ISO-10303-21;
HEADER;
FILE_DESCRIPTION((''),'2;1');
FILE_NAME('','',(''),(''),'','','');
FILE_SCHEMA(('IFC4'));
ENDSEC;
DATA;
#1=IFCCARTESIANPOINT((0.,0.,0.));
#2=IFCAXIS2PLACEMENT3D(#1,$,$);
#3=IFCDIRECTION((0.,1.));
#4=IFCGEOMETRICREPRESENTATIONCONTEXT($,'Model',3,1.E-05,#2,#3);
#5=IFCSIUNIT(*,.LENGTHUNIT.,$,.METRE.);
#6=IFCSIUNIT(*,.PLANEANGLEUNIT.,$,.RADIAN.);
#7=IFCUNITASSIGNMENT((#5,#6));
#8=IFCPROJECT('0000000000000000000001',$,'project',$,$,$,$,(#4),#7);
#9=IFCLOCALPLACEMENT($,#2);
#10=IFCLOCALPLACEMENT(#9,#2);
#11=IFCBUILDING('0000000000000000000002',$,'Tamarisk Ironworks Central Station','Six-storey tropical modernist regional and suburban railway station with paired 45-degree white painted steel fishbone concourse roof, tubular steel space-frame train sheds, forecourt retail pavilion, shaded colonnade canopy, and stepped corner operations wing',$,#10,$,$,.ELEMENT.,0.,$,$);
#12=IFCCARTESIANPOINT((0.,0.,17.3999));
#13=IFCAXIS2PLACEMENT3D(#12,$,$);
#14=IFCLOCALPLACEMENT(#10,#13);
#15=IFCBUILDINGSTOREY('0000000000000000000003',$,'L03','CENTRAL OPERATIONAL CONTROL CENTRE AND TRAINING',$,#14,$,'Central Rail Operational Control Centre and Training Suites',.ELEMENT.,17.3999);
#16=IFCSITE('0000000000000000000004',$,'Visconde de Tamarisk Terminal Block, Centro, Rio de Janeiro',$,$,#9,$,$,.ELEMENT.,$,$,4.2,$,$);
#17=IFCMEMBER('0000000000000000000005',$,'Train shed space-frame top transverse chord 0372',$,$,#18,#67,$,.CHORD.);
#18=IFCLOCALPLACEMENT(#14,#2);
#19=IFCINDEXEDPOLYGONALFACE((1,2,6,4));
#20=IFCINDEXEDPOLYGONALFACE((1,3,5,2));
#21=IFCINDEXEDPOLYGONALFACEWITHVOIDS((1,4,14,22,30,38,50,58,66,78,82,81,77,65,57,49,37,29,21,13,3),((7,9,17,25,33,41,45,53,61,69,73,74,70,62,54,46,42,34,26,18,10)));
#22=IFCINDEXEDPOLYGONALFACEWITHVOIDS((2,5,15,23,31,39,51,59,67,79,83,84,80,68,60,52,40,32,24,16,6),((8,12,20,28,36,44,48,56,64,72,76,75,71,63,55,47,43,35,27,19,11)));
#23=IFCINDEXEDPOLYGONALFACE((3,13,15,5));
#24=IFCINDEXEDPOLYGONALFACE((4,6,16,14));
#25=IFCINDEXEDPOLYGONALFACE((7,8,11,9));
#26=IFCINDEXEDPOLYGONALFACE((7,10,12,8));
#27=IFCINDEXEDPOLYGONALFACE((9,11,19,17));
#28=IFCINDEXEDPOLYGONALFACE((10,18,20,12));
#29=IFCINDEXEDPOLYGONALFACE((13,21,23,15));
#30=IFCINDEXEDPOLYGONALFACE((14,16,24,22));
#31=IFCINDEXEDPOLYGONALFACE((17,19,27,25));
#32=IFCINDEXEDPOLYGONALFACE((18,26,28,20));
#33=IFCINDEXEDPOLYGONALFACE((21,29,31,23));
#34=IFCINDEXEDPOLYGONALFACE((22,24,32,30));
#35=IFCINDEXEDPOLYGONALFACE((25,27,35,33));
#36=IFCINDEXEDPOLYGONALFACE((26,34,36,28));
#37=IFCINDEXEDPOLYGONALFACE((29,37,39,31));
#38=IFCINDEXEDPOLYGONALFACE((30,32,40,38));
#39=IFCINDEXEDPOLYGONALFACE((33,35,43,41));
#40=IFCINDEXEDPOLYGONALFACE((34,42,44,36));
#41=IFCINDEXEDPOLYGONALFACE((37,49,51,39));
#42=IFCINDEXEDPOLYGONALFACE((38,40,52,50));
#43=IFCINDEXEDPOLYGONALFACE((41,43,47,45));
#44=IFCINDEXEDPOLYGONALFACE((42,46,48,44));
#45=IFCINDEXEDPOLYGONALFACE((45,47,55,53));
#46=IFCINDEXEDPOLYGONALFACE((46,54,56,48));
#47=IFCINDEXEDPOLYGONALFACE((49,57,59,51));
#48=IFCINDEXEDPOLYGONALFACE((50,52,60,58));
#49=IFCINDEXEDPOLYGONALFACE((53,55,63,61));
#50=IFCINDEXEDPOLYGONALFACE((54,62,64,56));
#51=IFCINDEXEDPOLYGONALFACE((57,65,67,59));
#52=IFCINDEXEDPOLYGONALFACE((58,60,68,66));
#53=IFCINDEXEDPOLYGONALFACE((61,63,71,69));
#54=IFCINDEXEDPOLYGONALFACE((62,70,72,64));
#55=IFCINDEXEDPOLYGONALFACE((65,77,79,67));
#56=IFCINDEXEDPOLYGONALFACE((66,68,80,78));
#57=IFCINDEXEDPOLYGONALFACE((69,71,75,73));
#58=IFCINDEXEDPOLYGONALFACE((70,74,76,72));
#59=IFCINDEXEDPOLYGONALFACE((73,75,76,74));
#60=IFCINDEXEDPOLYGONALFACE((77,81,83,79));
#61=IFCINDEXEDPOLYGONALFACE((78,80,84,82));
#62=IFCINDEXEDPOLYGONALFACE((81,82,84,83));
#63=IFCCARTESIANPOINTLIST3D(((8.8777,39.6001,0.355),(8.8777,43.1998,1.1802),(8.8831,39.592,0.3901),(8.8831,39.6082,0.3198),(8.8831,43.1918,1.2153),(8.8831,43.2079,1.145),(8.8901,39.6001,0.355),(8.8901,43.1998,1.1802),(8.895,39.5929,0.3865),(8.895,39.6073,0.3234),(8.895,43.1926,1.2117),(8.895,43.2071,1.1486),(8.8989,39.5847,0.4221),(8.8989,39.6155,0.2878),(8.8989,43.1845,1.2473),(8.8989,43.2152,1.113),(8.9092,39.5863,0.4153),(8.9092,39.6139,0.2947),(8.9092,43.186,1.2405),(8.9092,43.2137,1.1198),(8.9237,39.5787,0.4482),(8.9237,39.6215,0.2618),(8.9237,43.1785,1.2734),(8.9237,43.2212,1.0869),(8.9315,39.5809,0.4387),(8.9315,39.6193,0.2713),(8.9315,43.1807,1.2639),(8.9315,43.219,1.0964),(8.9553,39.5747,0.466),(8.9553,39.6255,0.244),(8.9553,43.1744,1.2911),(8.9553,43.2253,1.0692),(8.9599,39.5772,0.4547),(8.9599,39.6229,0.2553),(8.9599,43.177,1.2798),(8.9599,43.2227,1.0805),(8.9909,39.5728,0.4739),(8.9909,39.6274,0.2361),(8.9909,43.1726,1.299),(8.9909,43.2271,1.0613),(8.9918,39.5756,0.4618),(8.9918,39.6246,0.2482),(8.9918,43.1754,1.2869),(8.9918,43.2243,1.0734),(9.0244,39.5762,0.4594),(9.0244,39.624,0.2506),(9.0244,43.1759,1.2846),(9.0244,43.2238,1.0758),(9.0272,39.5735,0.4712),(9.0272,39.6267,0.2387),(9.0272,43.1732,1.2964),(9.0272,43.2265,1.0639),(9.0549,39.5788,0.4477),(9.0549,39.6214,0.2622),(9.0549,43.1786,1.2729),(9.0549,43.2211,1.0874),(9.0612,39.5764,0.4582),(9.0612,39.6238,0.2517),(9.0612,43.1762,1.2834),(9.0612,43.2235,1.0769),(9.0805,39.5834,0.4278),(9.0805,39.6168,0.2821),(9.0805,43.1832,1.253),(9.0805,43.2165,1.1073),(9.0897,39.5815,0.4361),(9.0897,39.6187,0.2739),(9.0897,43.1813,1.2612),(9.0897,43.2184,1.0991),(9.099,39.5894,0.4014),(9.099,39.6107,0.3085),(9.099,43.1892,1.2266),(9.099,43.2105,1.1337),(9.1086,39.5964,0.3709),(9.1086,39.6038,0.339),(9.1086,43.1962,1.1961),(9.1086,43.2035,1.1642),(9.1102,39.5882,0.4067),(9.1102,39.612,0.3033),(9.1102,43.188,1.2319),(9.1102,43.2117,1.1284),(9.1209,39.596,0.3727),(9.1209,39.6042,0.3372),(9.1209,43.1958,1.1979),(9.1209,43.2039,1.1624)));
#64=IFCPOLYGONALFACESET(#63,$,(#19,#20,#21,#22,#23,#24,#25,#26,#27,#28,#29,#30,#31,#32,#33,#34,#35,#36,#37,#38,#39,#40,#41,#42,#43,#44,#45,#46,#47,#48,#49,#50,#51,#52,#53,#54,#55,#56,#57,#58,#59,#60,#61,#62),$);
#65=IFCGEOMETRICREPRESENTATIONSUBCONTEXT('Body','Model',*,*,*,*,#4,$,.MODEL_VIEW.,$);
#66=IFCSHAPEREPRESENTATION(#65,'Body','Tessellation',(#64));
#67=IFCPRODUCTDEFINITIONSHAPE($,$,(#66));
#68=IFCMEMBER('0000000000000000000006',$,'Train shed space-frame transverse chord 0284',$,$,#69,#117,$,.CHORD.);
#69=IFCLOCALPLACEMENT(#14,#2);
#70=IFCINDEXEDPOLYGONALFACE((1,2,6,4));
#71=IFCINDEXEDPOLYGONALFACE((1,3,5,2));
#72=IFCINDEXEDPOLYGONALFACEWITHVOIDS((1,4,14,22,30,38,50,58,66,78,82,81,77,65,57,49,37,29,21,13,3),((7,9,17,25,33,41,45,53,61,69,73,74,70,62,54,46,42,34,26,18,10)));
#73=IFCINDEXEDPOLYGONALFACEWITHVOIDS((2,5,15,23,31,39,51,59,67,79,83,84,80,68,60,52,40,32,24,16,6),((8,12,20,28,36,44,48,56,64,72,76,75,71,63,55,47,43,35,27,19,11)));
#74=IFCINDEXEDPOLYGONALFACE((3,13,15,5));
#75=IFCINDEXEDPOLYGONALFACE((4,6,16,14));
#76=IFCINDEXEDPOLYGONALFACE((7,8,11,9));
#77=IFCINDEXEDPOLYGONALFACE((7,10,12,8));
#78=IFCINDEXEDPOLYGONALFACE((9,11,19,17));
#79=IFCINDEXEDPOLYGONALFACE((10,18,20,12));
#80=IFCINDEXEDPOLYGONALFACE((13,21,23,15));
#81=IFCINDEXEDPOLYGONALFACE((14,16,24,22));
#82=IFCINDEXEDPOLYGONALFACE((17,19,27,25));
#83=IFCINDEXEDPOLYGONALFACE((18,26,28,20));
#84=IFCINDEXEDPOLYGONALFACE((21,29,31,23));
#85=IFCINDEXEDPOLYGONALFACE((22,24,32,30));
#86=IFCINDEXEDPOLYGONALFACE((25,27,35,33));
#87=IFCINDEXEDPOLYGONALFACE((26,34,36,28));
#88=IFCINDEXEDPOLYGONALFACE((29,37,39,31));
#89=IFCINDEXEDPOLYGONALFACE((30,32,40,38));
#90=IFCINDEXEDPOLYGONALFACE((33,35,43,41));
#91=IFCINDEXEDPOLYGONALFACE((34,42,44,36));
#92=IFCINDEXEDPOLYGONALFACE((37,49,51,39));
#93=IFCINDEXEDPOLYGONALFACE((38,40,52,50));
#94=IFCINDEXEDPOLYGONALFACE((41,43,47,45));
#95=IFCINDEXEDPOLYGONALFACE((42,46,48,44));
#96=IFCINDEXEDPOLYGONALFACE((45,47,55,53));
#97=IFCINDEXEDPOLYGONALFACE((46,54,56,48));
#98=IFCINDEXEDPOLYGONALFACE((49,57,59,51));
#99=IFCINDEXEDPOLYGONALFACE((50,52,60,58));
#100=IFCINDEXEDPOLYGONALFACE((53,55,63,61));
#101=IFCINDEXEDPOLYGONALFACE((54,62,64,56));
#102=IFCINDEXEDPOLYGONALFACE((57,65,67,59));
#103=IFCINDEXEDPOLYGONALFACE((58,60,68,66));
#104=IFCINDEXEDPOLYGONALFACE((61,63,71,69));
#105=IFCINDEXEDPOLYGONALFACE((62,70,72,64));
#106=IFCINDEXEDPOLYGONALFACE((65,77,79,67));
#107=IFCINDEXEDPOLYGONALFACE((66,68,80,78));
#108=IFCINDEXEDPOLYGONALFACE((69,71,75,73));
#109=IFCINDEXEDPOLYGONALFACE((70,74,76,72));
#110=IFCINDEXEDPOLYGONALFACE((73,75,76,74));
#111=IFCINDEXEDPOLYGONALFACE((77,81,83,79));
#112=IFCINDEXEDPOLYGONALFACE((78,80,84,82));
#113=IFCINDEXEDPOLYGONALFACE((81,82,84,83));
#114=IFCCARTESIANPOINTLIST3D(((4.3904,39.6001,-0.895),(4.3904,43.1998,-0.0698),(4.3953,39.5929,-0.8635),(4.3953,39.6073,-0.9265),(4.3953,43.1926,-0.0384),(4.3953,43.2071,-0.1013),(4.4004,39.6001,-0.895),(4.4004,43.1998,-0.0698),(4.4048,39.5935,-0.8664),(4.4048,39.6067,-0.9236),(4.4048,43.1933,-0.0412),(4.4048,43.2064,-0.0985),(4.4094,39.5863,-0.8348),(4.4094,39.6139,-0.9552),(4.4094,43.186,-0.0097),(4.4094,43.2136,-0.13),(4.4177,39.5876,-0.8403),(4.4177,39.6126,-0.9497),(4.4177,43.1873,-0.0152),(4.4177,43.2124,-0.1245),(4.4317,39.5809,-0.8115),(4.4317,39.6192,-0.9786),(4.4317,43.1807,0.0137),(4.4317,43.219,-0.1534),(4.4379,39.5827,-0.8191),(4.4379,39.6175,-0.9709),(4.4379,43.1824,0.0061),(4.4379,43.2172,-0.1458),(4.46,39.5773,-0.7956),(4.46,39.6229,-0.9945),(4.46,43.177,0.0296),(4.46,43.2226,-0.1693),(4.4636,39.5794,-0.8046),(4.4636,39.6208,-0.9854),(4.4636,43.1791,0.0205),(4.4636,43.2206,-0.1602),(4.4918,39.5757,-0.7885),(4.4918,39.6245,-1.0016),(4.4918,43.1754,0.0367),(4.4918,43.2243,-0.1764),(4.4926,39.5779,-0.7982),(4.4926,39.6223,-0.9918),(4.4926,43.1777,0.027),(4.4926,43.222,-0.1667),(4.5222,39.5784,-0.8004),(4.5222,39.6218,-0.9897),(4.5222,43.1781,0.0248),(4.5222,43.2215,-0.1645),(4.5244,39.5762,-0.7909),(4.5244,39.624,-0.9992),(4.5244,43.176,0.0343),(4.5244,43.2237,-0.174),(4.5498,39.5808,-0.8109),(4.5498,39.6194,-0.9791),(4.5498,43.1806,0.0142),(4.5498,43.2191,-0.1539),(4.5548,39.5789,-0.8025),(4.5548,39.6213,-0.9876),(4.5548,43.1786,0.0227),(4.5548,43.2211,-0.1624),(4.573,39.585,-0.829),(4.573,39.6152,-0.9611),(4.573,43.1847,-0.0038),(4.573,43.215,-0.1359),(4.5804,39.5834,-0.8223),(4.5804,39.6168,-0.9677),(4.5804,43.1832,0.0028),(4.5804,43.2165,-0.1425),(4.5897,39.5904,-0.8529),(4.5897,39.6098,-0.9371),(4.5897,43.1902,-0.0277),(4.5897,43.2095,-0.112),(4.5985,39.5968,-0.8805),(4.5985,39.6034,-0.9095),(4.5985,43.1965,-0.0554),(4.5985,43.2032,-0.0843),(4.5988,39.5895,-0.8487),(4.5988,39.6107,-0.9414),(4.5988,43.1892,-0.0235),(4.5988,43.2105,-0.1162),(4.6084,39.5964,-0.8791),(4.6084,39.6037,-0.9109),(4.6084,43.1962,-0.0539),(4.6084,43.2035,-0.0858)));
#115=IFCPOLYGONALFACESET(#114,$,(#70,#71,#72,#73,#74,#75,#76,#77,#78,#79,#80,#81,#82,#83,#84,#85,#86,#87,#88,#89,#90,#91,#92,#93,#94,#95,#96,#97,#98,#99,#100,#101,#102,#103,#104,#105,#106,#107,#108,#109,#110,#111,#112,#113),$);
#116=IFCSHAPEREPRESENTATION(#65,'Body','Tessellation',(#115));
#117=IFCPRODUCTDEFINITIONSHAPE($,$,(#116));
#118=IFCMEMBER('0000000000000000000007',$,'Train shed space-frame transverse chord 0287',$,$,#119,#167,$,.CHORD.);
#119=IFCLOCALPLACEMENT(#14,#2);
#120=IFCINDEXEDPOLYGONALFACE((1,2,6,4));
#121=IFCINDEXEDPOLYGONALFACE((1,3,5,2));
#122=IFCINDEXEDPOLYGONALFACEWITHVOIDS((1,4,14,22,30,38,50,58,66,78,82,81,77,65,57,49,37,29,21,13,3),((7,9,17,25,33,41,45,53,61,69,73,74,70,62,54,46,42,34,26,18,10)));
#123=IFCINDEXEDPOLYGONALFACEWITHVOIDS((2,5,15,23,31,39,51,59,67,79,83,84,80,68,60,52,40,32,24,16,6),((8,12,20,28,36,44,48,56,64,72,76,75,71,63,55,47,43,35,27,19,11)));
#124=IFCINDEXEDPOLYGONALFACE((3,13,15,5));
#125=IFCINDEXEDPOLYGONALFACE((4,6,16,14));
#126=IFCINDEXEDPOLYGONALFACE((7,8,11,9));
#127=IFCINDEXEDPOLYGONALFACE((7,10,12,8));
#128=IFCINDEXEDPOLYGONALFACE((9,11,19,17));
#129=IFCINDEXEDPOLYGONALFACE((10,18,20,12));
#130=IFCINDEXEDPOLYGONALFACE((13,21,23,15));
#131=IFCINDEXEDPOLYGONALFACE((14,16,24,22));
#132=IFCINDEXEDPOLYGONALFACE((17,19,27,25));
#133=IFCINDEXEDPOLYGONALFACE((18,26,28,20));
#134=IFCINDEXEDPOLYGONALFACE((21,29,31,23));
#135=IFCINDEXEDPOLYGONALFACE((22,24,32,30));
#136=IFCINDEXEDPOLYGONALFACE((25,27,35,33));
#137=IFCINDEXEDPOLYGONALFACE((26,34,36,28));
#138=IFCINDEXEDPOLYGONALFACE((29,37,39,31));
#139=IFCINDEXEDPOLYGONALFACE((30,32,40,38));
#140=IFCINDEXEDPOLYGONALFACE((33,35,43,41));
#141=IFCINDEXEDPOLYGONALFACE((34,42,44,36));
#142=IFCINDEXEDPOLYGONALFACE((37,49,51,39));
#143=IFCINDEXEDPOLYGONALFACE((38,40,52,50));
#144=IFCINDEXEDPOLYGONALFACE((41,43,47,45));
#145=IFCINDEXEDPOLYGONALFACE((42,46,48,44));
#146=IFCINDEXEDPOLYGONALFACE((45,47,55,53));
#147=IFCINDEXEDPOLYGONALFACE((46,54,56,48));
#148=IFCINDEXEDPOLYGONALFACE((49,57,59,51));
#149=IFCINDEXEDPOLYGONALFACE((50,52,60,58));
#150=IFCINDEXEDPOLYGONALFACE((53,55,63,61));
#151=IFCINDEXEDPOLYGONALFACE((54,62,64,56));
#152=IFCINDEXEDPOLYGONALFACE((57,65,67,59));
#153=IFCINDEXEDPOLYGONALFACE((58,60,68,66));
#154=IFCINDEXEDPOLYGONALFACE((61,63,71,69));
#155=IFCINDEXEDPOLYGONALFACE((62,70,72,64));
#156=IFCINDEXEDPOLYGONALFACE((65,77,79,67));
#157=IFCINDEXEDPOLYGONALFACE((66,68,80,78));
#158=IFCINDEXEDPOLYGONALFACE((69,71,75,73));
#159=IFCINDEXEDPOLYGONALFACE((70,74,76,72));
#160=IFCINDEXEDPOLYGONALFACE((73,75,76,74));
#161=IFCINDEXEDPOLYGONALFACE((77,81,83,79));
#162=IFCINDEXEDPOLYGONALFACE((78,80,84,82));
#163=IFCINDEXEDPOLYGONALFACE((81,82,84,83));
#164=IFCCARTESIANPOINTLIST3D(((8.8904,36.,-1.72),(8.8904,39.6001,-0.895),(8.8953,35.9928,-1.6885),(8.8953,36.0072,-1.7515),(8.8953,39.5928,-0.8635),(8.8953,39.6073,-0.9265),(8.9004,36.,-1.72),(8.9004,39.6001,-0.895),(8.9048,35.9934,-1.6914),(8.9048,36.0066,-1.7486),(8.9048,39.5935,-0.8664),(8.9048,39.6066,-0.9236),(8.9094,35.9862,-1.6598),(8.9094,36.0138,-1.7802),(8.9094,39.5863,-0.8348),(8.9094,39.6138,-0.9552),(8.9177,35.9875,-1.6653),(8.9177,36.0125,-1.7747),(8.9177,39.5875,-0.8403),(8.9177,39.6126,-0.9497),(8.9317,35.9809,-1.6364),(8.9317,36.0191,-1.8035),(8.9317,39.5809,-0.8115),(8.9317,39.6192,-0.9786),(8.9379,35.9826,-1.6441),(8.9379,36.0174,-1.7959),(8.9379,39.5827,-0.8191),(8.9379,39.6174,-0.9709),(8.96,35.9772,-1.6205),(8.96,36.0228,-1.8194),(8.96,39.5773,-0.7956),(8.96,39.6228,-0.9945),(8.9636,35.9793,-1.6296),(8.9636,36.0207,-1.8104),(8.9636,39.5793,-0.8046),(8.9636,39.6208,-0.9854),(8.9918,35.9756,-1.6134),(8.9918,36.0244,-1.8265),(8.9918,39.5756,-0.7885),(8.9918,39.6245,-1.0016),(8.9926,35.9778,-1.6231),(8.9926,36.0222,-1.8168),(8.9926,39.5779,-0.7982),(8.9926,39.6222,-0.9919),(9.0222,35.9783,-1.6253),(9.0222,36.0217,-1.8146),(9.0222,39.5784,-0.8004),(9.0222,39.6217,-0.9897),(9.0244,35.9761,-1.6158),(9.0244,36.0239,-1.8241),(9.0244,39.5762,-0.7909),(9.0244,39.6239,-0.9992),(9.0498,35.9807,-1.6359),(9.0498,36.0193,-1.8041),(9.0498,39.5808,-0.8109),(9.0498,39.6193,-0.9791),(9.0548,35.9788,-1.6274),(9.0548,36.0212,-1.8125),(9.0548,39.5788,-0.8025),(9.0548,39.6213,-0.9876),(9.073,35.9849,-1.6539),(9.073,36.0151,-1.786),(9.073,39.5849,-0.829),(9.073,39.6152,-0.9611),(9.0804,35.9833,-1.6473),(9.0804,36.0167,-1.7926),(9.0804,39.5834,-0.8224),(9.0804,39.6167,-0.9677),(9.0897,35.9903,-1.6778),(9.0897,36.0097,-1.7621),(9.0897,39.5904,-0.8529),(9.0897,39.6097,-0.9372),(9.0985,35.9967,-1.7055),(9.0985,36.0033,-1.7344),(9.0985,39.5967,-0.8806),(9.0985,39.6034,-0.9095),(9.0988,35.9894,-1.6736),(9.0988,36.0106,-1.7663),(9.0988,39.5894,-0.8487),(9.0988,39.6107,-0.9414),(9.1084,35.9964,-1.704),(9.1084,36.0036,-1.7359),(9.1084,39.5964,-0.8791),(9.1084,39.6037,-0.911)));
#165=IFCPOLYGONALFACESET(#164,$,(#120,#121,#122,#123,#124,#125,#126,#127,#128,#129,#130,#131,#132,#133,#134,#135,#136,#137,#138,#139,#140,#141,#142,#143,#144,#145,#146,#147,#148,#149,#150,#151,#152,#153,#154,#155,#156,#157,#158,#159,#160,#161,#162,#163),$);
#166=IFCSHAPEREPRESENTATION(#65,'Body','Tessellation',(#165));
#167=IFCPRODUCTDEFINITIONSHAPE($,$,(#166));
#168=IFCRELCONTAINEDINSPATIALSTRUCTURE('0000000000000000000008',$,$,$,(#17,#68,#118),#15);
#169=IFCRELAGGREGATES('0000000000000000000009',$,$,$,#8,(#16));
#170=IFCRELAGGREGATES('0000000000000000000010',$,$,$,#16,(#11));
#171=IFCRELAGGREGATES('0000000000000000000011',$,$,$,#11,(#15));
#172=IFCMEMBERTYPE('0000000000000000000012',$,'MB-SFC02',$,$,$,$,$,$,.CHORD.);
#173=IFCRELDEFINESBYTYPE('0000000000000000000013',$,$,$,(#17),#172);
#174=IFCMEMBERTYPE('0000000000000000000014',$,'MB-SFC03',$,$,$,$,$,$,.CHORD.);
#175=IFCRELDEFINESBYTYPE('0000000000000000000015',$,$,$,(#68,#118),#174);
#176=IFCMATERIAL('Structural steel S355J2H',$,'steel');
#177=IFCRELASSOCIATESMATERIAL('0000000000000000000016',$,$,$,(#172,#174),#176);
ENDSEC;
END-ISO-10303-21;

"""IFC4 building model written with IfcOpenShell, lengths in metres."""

from ifc_helpers import new_model, si_unit, direction, frame, origin, origin_2d, place, context, subcontext, project, spatial, hollow_circle, extrude, material, material_profile, profile_set, type_object, element, save


model = new_model("IFC4")

# Units and contexts
model_context = context("Model", 3, precision=1e-05, world=origin(), true_north=direction((0.0, 1.0)))
body_context = subcontext(model_context, "Body", "Model", "MODEL_VIEW")
ifc_project = project(units=[si_unit("LENGTHUNIT", "METRE"), si_unit("PLANEANGLEUNIT", "RADIAN")], contexts=[model_context])

# Site, building, storey
site_placement = place(None, origin())
site = spatial("IfcSite", under=ifc_project, at=site_placement, Name="Visconde de Tamarisk Terminal Block, Centro, Rio de Janeiro", CompositionType="ELEMENT", RefElevation=4.2)
building_placement = place(site_placement, origin())
building = spatial("IfcBuilding", under=site, at=building_placement, Name="Tamarisk Ironworks Central Station", Description="Six-storey tropical modernist regional and suburban railway station with paired 45-degree white painted steel fishbone concourse roof, tubular steel space-frame train sheds, forecourt retail pavilion, shaded colonnade canopy, and stepped corner operations wing", CompositionType="ELEMENT", ElevationOfRefHeight=0.0)
storey_placement = place(building_placement, frame((0.0, 0.0, 17.3999)))
storey = spatial("IfcBuildingStorey", under=building, at=storey_placement, Name="L03", Description="CENTRAL OPERATIONAL CONTROL CENTRE AND TRAINING", LongName="Central Rail Operational Control Centre and Training Suites", CompositionType="ELEMENT", Elevation=17.3999)

# Members
ifc_material_1 = material(Name="Structural steel S355J2H", Category="steel")
ifc_material_profile_1 = material_profile(ifc_material_1, hollow_circle(Radius=0.1223, WallThickness=0.0125, at=origin_2d()), Name="CHS 244.5x12.5")
ifc_profile_set_1 = profile_set([ifc_material_profile_1], Name="Structural steel S355J2H")
member_type_1 = type_object("IfcMemberType", Name="MB-SFC02", PredefinedType="CHORD", material=ifc_profile_set_1)
member_1_placement = place(storey_placement, frame((9.0, 39.6001, 0.355), z_axis=(0.0, 0.974719, 0.223435), x_axis=(-1.0, 0.0, 0.0)))
element("IfcMember", 1, at=member_1_placement, inside=storey, type_object=member_type_1, Name="Train shed space-frame top transverse chord 0372", PredefinedType="CHORD", context=body_context, shape_type="SweptSolid", body=[
    extrude(hollow_circle(Radius=0.1223, WallThickness=0.0125, at=origin_2d()), origin(), (0.0, 0.0, 1.0), 3.6931),
])
ifc_material_profile_2 = material_profile(ifc_material_1, hollow_circle(Radius=0.1096, WallThickness=0.01, at=origin_2d()), Name="CHS 219.1x10")
ifc_profile_set_2 = profile_set([ifc_material_profile_2], Name="Structural steel S355J2H")
member_type_2 = type_object("IfcMemberType", Name="MB-SFC03", PredefinedType="CHORD", material=ifc_profile_set_2)
member_2_placement = place(storey_placement, frame((4.5, 39.6001, -0.895), z_axis=(0.0, 0.974719, 0.223435), x_axis=(-1.0, 0.0, 0.0)))
element("IfcMember", 2, at=member_2_placement, inside=storey, type_object=member_type_2, Name="Train shed space-frame transverse chord 0284", PredefinedType="CHORD", context=body_context, shape_type="SweptSolid", body=[
    extrude(hollow_circle(Radius=0.1096, WallThickness=0.01, at=origin_2d()), origin(), (0.0, 0.0, 1.0), 3.6931),
])
member_3_placement = place(storey_placement, frame((9.0, 36.0, -1.72), z_axis=(0.0, 0.974737, 0.223358), x_axis=(-1.0, 0.0, 0.0)))
element("IfcMember", 3, at=member_3_placement, inside=storey, type_object=member_type_2, Name="Train shed space-frame transverse chord 0287", PredefinedType="CHORD", context=body_context, shape_type="SweptSolid", body=[
    extrude(hollow_circle(Radius=0.1096, WallThickness=0.01, at=origin_2d()), origin(), (0.0, 0.0, 1.0), 3.6934),
])

save(model, "model.ifc")
